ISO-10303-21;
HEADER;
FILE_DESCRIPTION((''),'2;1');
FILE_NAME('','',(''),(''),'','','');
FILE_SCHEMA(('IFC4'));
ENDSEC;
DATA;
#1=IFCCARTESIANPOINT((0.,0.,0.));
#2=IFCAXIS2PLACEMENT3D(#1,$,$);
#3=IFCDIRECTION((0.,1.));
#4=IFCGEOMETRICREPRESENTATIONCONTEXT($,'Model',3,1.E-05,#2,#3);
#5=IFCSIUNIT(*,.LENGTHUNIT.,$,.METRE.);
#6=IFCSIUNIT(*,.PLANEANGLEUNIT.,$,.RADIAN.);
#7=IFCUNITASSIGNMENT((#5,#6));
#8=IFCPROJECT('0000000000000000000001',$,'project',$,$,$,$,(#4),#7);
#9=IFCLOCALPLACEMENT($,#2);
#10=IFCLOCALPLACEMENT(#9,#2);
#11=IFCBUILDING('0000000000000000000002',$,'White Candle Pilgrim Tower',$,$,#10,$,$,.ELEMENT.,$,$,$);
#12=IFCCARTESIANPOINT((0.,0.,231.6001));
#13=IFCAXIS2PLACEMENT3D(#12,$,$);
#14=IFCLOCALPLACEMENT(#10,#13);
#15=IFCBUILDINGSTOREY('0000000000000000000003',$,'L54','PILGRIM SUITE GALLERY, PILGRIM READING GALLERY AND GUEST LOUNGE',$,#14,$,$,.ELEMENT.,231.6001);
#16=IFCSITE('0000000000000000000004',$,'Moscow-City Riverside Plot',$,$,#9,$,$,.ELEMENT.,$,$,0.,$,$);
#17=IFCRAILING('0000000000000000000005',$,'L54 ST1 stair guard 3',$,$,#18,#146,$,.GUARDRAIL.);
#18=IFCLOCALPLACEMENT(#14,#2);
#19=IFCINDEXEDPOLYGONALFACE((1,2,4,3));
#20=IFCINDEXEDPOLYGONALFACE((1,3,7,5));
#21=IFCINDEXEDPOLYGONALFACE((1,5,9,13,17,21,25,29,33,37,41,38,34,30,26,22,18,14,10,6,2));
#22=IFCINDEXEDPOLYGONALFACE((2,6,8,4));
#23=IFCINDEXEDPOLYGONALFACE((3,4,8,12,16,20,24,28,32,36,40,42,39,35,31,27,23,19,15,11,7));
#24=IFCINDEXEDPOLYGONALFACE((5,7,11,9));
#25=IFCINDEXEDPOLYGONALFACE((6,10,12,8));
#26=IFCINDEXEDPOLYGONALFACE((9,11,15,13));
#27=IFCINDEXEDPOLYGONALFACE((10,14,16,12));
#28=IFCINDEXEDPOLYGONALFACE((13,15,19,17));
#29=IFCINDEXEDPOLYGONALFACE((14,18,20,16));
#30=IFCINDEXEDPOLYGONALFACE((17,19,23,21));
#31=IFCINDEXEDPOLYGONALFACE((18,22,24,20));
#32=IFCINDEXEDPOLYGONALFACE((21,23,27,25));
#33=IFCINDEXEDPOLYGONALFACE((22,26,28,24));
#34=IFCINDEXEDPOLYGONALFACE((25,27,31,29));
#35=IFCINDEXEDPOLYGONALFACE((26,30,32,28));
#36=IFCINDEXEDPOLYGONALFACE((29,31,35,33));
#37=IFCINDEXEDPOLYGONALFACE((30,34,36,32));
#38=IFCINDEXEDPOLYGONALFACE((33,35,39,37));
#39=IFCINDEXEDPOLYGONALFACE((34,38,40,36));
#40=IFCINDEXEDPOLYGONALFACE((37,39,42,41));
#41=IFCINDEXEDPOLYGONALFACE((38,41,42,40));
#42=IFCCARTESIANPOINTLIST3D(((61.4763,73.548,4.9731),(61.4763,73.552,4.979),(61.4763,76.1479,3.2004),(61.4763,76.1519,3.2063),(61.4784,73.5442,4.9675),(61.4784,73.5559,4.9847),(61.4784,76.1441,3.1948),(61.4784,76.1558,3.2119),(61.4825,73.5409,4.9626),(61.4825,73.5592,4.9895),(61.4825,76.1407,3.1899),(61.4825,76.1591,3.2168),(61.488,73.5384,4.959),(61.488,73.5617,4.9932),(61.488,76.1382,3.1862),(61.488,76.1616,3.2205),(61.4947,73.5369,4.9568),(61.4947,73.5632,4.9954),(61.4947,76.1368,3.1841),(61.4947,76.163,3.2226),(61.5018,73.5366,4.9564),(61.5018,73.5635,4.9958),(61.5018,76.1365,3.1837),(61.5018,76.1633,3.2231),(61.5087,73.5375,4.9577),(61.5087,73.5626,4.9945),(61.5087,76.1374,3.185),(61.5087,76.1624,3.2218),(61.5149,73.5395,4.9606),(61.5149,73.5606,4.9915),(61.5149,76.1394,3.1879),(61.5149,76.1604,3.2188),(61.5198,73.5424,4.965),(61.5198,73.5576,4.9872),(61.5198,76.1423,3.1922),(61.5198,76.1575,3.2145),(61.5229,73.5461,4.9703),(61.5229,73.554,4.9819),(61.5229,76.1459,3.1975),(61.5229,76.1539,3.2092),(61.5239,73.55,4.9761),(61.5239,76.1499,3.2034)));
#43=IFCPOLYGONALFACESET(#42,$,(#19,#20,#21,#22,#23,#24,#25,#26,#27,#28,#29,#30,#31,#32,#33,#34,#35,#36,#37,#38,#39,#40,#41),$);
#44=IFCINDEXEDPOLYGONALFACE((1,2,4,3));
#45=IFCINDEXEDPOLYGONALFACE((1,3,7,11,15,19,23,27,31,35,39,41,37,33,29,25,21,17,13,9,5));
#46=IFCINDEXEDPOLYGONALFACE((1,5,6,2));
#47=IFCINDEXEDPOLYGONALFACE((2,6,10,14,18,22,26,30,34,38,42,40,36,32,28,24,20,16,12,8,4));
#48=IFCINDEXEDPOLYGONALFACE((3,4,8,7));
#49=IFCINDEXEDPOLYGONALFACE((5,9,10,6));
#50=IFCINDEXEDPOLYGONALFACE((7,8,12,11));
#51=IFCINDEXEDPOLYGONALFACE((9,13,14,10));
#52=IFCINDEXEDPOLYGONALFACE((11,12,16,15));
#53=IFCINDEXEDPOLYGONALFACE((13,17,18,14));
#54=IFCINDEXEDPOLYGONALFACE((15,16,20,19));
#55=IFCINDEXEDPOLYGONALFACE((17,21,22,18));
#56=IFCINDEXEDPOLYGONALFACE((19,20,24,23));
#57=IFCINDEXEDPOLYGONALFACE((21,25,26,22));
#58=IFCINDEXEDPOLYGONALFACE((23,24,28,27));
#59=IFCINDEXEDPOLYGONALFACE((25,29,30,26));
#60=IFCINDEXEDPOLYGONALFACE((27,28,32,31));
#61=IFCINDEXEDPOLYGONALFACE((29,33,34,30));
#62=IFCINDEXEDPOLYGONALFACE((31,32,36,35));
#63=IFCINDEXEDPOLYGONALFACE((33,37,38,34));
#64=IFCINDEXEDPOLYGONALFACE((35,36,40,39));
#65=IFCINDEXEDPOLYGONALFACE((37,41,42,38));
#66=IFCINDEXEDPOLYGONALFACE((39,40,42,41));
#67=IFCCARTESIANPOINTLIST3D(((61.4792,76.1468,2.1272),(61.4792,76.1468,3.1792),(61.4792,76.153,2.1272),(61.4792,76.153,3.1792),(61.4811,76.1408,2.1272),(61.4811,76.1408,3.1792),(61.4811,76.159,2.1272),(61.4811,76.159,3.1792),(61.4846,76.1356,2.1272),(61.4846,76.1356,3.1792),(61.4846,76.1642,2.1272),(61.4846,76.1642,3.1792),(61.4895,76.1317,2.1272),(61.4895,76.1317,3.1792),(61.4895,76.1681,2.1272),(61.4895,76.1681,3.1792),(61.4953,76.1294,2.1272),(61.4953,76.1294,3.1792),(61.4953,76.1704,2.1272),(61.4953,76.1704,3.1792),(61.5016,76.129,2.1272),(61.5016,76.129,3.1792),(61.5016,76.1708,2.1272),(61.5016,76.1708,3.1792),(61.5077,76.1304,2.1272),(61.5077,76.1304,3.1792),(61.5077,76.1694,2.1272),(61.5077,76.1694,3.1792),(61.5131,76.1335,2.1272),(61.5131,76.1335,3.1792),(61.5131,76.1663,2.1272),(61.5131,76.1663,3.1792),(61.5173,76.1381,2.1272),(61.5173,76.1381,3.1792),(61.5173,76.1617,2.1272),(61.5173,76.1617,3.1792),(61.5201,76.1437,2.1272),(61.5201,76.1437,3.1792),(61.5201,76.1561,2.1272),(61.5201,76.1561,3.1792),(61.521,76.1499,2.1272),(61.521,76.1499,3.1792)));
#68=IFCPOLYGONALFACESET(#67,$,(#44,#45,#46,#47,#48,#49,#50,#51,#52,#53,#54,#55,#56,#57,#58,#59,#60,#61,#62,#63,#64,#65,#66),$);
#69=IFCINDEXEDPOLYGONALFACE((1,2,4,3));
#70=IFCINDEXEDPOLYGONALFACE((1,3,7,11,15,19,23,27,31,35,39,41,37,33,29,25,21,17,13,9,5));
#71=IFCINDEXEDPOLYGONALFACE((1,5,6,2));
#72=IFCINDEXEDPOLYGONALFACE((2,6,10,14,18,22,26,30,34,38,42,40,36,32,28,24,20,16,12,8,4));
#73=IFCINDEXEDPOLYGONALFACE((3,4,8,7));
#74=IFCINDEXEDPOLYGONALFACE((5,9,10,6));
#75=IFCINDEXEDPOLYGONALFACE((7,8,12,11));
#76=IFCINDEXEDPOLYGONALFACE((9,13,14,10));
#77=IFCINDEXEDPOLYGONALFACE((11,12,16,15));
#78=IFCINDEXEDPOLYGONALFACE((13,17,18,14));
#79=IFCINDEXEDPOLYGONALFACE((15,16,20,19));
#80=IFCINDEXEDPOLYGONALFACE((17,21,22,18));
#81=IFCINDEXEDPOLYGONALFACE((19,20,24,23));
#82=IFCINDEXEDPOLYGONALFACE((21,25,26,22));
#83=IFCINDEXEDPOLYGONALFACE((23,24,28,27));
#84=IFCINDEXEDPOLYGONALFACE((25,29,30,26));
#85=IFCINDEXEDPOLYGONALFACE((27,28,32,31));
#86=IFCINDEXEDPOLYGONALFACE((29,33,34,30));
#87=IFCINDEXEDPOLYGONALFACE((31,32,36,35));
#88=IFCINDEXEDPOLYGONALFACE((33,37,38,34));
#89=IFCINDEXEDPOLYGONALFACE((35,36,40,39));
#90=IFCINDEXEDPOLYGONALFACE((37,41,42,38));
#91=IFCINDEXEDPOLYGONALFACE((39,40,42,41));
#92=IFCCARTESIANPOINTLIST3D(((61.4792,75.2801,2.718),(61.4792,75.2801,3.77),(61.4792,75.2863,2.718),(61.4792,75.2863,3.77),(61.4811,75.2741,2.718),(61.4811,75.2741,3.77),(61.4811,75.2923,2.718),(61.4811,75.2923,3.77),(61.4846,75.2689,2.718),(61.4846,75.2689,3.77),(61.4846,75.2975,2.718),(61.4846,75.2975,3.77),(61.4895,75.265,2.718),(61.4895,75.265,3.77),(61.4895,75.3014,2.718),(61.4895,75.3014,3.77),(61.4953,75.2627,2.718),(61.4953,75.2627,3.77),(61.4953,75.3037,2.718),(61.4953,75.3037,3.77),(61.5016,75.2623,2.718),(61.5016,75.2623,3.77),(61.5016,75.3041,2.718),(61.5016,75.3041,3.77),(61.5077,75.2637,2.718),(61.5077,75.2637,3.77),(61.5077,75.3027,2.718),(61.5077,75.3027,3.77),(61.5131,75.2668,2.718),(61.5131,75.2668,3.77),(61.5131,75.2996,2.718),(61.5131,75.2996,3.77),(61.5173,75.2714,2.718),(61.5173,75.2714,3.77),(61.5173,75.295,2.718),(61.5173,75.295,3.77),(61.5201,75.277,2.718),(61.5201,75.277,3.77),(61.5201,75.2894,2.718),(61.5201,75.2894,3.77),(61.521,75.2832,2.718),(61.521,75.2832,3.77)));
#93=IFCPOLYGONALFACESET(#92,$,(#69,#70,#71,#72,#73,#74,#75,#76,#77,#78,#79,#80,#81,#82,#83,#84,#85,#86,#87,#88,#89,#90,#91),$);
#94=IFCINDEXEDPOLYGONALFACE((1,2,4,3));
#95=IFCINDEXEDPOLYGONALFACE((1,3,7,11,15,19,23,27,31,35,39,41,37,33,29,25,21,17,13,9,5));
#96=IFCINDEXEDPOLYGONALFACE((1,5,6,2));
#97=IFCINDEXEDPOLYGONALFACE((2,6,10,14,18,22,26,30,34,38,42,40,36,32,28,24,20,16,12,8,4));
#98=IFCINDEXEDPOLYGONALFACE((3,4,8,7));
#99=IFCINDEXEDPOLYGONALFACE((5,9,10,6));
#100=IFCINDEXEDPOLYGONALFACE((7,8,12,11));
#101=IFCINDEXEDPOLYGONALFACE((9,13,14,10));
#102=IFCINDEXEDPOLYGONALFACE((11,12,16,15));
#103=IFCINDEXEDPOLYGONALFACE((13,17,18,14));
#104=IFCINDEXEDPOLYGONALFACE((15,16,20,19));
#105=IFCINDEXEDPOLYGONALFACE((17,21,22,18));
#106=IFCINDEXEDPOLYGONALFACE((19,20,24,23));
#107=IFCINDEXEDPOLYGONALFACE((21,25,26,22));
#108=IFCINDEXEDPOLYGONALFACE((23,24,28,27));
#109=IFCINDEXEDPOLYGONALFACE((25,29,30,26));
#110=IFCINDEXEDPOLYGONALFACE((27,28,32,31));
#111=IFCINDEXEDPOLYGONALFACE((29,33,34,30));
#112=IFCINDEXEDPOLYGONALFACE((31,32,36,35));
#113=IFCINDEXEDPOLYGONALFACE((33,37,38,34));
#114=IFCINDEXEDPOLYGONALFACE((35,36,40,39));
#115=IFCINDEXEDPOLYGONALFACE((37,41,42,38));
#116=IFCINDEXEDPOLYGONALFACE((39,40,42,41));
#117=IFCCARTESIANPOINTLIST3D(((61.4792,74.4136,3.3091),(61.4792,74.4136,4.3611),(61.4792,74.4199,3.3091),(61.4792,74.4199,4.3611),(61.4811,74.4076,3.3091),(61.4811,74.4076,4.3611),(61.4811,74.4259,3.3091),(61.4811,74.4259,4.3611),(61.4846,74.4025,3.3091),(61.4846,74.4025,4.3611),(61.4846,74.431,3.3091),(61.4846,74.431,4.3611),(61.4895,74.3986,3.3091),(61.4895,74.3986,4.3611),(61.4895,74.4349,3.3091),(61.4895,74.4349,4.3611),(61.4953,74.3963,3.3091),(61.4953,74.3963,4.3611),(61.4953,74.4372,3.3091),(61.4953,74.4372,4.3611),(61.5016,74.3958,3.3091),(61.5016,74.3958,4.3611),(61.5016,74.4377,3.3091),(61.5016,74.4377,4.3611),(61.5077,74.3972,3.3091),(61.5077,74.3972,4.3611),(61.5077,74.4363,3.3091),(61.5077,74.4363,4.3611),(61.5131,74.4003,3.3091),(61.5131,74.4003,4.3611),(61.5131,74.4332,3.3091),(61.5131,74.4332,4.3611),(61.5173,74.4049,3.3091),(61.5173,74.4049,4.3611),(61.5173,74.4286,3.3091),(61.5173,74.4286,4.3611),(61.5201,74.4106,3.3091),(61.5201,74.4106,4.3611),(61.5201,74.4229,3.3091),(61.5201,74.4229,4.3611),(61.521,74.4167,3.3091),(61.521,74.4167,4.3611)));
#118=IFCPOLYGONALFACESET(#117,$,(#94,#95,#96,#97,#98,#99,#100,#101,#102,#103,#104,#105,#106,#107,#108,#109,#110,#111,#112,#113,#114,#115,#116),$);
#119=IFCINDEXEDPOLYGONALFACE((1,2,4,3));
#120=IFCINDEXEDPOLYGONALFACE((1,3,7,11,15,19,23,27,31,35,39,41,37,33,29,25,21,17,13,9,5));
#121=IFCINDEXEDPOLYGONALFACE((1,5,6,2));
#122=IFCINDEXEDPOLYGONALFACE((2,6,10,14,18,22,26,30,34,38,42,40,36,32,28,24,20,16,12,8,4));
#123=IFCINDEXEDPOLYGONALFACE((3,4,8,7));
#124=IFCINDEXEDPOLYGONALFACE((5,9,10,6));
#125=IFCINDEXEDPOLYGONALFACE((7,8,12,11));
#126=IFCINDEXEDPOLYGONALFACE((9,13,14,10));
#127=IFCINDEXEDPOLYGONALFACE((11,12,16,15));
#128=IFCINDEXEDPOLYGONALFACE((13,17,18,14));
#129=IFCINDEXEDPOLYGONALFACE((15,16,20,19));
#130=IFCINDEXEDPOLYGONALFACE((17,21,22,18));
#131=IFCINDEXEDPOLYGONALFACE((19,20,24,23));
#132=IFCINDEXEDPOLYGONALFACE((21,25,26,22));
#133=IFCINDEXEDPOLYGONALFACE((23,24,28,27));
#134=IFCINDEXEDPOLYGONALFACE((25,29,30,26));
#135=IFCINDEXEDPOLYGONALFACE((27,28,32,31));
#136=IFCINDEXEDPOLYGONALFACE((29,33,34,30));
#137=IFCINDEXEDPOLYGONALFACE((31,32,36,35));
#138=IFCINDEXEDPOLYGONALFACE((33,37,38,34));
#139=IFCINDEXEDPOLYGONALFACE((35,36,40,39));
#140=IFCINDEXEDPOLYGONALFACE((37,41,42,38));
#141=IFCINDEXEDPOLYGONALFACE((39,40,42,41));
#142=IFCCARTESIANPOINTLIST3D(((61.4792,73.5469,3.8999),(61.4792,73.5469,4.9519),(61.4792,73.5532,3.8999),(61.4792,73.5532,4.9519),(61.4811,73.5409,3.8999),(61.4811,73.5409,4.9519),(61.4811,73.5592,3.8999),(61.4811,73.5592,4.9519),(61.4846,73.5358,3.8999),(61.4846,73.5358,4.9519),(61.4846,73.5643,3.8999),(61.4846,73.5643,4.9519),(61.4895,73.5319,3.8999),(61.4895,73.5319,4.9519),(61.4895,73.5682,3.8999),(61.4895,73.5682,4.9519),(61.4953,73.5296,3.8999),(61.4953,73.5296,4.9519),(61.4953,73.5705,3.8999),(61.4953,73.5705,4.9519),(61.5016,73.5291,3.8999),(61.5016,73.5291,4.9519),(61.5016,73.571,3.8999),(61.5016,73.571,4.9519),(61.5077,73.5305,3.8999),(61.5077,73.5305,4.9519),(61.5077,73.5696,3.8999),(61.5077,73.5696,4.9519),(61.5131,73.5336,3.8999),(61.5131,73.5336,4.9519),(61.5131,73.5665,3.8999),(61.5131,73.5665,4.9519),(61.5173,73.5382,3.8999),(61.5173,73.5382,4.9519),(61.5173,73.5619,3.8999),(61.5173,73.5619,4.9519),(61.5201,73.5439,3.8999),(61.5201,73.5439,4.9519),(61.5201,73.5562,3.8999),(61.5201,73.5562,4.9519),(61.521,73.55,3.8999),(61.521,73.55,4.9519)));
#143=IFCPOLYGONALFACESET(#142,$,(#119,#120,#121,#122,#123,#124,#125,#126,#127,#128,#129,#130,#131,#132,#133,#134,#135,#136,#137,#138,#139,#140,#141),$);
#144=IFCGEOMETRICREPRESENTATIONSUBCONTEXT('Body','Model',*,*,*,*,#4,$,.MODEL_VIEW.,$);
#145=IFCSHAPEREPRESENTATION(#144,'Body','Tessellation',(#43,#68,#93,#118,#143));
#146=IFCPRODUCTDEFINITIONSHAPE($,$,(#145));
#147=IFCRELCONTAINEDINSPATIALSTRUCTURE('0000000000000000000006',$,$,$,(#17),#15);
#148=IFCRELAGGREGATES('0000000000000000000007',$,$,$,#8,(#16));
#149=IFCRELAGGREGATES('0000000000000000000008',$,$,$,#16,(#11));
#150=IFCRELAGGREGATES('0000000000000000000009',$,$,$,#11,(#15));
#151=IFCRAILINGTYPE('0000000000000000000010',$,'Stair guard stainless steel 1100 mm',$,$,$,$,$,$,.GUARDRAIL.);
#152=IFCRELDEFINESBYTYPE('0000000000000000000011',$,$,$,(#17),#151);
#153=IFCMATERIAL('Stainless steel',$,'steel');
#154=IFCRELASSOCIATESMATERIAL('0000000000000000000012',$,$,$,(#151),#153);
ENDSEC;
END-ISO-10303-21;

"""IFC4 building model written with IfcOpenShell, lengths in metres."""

from ifc_helpers import new_model, si_unit, direction, frame, origin, origin_2d, place, context, subcontext, project, spatial, circle, extrude, material, type_object, element, save


model = new_model("IFC4")

# Units and contexts
model_context = context("Model", 3, precision=1e-05, world=origin(), true_north=direction((0.0, 1.0)))
body_context = subcontext(model_context, "Body", "Model", "MODEL_VIEW")
ifc_project = project(units=[si_unit("LENGTHUNIT", "METRE"), si_unit("PLANEANGLEUNIT", "RADIAN")], contexts=[model_context])

# Site, building, storey
site_placement = place(None, origin())
site = spatial("IfcSite", under=ifc_project, at=site_placement, Name="Moscow-City Riverside Plot", CompositionType="ELEMENT", RefElevation=0.0)
building_placement = place(site_placement, origin())
building = spatial("IfcBuilding", under=site, at=building_placement, Name="White Candle Pilgrim Tower", CompositionType="ELEMENT")
storey_placement = place(building_placement, frame((0.0, 0.0, 231.6001)))
storey = spatial("IfcBuildingStorey", under=building, at=storey_placement, Name="L54", Description="PILGRIM SUITE GALLERY, PILGRIM READING GALLERY AND GUEST LOUNGE", CompositionType="ELEMENT", Elevation=231.6001)

# Shared definitions
ifc_material_1 = material(Name="Stainless steel", Category="steel")

# Railing
railing_type_1 = type_object("IfcRailingType", Name="Stair guard stainless steel 1100 mm", PredefinedType="GUARDRAIL", material=ifc_material_1)
railing_1_placement = place(storey_placement, frame((61.5, 76.1499, 2.1272)))
element("IfcRailing", 1, at=railing_1_placement, inside=storey, type_object=railing_type_1, Name="L54 ST1 stair guard 3", PredefinedType="GUARDRAIL", context=body_context, shape_type="SweptSolid", body=[
    extrude(circle(Radius=0.0239, at=origin_2d()), frame((0.0, 0.0, 1.0762), z_axis=(0.0, -0.826216, 0.563354), x_axis=(1.0, 0.0, 0.0)), (0.0, 0.0, 1.0), 3.1467),
    extrude(circle(Radius=0.021, at=origin_2d()), origin(), (0.0, 0.0, 1.0), 1.052),
    extrude(circle(Radius=0.021, at=origin_2d()), frame((0.0, -0.8667, 0.5908)), (0.0, 0.0, 1.0), 1.052),
    extrude(circle(Radius=0.021, at=origin_2d()), frame((0.0, -1.7332, 1.1819)), (0.0, 0.0, 1.0), 1.052),
    extrude(circle(Radius=0.021, at=origin_2d()), frame((0.0, -2.5999, 1.7727)), (0.0, 0.0, 1.0), 1.052),
])

save(model, "model.ifc")
